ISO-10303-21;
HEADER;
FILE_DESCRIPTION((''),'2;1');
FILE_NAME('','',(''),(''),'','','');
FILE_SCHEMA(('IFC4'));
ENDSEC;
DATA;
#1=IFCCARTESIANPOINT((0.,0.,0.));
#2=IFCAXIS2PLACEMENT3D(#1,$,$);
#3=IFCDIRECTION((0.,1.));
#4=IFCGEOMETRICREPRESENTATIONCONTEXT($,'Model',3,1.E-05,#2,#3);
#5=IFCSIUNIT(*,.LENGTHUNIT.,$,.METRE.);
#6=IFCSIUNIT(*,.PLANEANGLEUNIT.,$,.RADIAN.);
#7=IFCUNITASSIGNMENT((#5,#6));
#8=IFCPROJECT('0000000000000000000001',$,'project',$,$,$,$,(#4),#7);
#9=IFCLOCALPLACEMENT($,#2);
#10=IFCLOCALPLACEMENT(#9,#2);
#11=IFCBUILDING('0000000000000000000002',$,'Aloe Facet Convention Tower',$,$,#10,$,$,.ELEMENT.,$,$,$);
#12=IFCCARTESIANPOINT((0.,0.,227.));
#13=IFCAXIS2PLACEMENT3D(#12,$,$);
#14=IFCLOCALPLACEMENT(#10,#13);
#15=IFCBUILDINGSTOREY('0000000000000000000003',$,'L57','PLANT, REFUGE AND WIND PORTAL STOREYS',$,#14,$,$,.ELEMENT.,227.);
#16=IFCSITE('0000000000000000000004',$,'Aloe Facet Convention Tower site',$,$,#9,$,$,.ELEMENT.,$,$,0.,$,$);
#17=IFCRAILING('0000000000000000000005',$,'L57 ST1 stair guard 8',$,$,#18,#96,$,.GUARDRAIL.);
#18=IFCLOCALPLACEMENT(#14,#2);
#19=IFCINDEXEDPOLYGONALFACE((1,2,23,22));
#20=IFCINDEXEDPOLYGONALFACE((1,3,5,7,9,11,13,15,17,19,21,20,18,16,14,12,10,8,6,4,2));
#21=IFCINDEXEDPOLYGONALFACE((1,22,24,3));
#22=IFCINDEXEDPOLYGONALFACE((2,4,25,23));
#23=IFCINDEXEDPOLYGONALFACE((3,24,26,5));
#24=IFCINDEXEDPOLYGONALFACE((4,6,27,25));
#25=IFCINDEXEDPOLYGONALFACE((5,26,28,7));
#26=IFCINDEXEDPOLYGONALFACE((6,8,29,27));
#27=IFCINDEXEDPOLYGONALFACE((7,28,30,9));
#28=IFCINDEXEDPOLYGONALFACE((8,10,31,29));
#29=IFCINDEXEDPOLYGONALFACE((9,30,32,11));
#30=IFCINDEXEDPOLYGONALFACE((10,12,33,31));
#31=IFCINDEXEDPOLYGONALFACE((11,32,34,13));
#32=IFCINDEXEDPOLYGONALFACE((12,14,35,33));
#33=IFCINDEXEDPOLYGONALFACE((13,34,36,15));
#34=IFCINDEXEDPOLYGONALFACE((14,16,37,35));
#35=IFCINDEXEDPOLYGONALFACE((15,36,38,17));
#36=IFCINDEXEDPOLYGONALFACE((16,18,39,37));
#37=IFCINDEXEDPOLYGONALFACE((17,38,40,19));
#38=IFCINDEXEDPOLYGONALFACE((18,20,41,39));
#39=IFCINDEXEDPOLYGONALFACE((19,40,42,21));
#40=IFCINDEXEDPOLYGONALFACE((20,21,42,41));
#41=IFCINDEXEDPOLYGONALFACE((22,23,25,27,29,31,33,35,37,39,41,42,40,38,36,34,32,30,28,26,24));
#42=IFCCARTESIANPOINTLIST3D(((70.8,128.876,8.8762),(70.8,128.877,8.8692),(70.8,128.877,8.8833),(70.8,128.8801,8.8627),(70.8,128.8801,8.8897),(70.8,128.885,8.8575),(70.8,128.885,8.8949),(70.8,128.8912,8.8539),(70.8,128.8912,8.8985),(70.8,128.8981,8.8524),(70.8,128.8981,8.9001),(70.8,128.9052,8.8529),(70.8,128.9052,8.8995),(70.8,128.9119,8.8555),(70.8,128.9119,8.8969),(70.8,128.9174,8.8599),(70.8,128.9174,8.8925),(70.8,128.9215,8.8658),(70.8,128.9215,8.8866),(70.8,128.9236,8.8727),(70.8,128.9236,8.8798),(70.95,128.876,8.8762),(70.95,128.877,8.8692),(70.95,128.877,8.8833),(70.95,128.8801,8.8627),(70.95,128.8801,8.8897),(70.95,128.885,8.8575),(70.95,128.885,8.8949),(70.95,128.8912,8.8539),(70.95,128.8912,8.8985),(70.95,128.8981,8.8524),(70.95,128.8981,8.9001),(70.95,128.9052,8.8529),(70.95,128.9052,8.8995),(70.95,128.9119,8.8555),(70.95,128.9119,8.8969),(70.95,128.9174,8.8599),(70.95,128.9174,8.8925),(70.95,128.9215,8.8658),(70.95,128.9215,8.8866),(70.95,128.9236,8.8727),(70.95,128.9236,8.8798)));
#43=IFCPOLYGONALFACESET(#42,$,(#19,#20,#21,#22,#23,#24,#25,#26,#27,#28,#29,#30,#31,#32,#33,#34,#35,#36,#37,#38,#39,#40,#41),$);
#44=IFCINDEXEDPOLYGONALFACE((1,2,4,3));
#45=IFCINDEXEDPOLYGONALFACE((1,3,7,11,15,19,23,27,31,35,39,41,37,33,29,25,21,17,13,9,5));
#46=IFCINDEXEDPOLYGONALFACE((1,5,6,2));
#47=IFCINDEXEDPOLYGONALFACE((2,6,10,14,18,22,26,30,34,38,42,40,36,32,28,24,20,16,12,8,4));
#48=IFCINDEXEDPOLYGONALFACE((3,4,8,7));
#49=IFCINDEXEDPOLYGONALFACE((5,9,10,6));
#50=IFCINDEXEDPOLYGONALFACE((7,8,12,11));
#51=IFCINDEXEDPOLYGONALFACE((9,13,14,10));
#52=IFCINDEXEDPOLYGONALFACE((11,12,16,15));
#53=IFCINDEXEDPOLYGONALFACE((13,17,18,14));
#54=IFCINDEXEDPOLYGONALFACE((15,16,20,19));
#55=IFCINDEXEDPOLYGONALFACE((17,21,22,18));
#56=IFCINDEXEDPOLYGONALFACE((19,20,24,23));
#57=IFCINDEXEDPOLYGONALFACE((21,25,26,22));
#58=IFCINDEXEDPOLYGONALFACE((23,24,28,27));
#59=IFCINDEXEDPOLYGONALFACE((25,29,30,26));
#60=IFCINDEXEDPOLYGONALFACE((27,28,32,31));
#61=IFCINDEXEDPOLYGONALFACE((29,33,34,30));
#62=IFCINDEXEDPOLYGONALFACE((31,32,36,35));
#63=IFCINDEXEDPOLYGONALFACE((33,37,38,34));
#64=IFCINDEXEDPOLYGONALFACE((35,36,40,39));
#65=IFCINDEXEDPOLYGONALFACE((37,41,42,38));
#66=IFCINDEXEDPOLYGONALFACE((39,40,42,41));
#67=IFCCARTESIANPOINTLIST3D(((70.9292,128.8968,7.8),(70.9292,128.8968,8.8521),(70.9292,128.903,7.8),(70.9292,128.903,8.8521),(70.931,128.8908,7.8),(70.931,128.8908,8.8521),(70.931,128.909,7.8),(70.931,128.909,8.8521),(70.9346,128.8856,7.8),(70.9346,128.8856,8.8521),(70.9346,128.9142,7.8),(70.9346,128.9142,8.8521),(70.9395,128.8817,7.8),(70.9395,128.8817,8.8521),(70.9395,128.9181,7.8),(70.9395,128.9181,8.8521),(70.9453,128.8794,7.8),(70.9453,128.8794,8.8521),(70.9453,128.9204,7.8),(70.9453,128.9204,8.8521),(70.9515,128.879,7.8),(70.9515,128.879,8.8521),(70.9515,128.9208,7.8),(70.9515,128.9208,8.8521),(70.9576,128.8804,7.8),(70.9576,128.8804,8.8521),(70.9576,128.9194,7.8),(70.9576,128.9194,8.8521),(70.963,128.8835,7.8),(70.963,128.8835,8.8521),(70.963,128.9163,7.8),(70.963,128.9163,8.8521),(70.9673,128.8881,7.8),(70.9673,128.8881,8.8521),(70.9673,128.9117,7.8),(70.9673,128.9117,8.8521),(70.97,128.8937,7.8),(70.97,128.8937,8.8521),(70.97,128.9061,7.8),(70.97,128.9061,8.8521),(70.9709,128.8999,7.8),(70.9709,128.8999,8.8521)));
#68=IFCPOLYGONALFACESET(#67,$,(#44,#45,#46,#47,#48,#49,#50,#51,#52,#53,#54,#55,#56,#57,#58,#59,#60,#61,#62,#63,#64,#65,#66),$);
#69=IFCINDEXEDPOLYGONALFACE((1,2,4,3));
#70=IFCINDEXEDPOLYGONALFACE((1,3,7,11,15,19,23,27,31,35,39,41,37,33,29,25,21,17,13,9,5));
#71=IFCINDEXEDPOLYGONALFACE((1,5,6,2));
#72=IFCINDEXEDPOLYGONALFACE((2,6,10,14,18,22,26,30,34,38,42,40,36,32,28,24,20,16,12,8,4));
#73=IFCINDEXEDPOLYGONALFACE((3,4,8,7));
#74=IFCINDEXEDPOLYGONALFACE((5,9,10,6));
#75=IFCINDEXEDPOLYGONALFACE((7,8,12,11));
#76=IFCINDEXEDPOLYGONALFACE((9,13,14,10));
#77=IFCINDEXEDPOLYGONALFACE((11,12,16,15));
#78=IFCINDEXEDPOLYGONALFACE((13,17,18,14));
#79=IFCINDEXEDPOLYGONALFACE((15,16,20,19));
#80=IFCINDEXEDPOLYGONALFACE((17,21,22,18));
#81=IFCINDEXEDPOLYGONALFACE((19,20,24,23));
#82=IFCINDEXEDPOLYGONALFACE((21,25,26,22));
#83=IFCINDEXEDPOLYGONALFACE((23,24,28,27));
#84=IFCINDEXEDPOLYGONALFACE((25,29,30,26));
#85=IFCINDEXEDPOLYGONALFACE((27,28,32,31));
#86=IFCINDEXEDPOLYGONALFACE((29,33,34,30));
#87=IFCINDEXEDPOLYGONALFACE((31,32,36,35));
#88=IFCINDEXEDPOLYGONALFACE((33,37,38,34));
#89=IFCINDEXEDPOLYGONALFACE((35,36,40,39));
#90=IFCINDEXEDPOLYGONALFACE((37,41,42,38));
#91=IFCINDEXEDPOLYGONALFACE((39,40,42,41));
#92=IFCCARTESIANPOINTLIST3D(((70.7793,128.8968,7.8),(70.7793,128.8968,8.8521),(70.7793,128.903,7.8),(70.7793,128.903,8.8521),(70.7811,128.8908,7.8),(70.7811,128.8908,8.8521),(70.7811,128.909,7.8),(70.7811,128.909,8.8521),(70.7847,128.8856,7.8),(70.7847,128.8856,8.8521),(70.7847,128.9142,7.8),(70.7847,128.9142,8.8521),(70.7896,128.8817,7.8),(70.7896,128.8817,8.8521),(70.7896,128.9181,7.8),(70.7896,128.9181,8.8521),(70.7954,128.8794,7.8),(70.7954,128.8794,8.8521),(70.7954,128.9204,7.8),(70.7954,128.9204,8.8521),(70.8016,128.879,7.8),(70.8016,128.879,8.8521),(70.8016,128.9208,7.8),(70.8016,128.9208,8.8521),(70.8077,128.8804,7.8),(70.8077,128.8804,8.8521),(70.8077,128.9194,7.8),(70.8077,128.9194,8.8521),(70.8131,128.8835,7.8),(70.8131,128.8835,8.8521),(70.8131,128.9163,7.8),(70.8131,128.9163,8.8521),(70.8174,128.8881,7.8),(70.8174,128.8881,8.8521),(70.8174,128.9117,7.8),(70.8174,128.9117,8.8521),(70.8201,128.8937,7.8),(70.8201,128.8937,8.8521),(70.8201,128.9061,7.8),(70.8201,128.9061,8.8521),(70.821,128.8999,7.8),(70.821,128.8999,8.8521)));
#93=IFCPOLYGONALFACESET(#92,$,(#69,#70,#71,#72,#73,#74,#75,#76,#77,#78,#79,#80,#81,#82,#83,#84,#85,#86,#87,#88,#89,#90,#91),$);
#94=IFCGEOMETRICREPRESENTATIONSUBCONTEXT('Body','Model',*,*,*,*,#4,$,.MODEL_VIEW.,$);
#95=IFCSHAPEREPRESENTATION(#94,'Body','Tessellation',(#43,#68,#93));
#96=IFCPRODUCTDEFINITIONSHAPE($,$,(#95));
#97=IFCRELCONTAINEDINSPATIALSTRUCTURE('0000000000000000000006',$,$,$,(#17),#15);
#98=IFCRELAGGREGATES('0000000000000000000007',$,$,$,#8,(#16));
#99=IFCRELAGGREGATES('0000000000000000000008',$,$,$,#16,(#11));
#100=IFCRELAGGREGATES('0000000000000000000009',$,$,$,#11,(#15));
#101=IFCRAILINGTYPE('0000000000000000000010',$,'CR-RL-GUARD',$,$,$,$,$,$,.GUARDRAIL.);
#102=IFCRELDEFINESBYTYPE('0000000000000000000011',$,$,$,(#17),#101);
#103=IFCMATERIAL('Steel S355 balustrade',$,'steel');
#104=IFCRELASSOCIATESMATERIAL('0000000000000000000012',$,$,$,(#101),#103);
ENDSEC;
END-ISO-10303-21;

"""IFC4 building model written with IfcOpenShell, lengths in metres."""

from ifc_helpers import new_model, si_unit, direction, frame, origin, origin_2d, place, context, subcontext, project, spatial, circle, extrude, material, type_object, element, save


model = new_model("IFC4")

# Units and contexts
model_context = context("Model", 3, precision=1e-05, world=origin(), true_north=direction((0.0, 1.0)))
body_context = subcontext(model_context, "Body", "Model", "MODEL_VIEW")
ifc_project = project(units=[si_unit("LENGTHUNIT", "METRE"), si_unit("PLANEANGLEUNIT", "RADIAN")], contexts=[model_context])

# Site, building, storey
site_placement = place(None, origin())
site = spatial("IfcSite", under=ifc_project, at=site_placement, Name="Aloe Facet Convention Tower site", CompositionType="ELEMENT", RefElevation=0.0)
building_placement = place(site_placement, origin())
building = spatial("IfcBuilding", under=site, at=building_placement, Name="Aloe Facet Convention Tower", CompositionType="ELEMENT")
storey_placement = place(building_placement, frame((0.0, 0.0, 227.0)))
storey = spatial("IfcBuildingStorey", under=building, at=storey_placement, Name="L57", Description="PLANT, REFUGE AND WIND PORTAL STOREYS", CompositionType="ELEMENT", Elevation=227.0)

# Railing
ifc_material_1 = material(Name="Steel S355 balustrade", Category="steel")
railing_type_1 = type_object("IfcRailingType", Name="CR-RL-GUARD", PredefinedType="GUARDRAIL", material=ifc_material_1)
railing_1_placement = place(storey_placement, frame((70.95, 128.8999, 7.8)))
element("IfcRailing", 1, at=railing_1_placement, inside=storey, type_object=railing_type_1, Name="L57 ST1 stair guard 8", PredefinedType="GUARDRAIL", context=body_context, shape_type="SweptSolid", body=[
    extrude(circle(Radius=0.0239, at=origin_2d()), frame((0.0, 0.0, 1.0762), z_axis=(-1.0, 0.0, 0.0), x_axis=(0.0, -1.0, 0.0)), (0.0, 0.0, 1.0), 0.1499),
    extrude(circle(Radius=0.021, at=origin_2d()), origin(), (0.0, 0.0, 1.0), 1.052),
    extrude(circle(Radius=0.021, at=origin_2d()), frame((-0.1499, 0.0, 0.0)), (0.0, 0.0, 1.0), 1.052),
])

save(model, "model.ifc")
